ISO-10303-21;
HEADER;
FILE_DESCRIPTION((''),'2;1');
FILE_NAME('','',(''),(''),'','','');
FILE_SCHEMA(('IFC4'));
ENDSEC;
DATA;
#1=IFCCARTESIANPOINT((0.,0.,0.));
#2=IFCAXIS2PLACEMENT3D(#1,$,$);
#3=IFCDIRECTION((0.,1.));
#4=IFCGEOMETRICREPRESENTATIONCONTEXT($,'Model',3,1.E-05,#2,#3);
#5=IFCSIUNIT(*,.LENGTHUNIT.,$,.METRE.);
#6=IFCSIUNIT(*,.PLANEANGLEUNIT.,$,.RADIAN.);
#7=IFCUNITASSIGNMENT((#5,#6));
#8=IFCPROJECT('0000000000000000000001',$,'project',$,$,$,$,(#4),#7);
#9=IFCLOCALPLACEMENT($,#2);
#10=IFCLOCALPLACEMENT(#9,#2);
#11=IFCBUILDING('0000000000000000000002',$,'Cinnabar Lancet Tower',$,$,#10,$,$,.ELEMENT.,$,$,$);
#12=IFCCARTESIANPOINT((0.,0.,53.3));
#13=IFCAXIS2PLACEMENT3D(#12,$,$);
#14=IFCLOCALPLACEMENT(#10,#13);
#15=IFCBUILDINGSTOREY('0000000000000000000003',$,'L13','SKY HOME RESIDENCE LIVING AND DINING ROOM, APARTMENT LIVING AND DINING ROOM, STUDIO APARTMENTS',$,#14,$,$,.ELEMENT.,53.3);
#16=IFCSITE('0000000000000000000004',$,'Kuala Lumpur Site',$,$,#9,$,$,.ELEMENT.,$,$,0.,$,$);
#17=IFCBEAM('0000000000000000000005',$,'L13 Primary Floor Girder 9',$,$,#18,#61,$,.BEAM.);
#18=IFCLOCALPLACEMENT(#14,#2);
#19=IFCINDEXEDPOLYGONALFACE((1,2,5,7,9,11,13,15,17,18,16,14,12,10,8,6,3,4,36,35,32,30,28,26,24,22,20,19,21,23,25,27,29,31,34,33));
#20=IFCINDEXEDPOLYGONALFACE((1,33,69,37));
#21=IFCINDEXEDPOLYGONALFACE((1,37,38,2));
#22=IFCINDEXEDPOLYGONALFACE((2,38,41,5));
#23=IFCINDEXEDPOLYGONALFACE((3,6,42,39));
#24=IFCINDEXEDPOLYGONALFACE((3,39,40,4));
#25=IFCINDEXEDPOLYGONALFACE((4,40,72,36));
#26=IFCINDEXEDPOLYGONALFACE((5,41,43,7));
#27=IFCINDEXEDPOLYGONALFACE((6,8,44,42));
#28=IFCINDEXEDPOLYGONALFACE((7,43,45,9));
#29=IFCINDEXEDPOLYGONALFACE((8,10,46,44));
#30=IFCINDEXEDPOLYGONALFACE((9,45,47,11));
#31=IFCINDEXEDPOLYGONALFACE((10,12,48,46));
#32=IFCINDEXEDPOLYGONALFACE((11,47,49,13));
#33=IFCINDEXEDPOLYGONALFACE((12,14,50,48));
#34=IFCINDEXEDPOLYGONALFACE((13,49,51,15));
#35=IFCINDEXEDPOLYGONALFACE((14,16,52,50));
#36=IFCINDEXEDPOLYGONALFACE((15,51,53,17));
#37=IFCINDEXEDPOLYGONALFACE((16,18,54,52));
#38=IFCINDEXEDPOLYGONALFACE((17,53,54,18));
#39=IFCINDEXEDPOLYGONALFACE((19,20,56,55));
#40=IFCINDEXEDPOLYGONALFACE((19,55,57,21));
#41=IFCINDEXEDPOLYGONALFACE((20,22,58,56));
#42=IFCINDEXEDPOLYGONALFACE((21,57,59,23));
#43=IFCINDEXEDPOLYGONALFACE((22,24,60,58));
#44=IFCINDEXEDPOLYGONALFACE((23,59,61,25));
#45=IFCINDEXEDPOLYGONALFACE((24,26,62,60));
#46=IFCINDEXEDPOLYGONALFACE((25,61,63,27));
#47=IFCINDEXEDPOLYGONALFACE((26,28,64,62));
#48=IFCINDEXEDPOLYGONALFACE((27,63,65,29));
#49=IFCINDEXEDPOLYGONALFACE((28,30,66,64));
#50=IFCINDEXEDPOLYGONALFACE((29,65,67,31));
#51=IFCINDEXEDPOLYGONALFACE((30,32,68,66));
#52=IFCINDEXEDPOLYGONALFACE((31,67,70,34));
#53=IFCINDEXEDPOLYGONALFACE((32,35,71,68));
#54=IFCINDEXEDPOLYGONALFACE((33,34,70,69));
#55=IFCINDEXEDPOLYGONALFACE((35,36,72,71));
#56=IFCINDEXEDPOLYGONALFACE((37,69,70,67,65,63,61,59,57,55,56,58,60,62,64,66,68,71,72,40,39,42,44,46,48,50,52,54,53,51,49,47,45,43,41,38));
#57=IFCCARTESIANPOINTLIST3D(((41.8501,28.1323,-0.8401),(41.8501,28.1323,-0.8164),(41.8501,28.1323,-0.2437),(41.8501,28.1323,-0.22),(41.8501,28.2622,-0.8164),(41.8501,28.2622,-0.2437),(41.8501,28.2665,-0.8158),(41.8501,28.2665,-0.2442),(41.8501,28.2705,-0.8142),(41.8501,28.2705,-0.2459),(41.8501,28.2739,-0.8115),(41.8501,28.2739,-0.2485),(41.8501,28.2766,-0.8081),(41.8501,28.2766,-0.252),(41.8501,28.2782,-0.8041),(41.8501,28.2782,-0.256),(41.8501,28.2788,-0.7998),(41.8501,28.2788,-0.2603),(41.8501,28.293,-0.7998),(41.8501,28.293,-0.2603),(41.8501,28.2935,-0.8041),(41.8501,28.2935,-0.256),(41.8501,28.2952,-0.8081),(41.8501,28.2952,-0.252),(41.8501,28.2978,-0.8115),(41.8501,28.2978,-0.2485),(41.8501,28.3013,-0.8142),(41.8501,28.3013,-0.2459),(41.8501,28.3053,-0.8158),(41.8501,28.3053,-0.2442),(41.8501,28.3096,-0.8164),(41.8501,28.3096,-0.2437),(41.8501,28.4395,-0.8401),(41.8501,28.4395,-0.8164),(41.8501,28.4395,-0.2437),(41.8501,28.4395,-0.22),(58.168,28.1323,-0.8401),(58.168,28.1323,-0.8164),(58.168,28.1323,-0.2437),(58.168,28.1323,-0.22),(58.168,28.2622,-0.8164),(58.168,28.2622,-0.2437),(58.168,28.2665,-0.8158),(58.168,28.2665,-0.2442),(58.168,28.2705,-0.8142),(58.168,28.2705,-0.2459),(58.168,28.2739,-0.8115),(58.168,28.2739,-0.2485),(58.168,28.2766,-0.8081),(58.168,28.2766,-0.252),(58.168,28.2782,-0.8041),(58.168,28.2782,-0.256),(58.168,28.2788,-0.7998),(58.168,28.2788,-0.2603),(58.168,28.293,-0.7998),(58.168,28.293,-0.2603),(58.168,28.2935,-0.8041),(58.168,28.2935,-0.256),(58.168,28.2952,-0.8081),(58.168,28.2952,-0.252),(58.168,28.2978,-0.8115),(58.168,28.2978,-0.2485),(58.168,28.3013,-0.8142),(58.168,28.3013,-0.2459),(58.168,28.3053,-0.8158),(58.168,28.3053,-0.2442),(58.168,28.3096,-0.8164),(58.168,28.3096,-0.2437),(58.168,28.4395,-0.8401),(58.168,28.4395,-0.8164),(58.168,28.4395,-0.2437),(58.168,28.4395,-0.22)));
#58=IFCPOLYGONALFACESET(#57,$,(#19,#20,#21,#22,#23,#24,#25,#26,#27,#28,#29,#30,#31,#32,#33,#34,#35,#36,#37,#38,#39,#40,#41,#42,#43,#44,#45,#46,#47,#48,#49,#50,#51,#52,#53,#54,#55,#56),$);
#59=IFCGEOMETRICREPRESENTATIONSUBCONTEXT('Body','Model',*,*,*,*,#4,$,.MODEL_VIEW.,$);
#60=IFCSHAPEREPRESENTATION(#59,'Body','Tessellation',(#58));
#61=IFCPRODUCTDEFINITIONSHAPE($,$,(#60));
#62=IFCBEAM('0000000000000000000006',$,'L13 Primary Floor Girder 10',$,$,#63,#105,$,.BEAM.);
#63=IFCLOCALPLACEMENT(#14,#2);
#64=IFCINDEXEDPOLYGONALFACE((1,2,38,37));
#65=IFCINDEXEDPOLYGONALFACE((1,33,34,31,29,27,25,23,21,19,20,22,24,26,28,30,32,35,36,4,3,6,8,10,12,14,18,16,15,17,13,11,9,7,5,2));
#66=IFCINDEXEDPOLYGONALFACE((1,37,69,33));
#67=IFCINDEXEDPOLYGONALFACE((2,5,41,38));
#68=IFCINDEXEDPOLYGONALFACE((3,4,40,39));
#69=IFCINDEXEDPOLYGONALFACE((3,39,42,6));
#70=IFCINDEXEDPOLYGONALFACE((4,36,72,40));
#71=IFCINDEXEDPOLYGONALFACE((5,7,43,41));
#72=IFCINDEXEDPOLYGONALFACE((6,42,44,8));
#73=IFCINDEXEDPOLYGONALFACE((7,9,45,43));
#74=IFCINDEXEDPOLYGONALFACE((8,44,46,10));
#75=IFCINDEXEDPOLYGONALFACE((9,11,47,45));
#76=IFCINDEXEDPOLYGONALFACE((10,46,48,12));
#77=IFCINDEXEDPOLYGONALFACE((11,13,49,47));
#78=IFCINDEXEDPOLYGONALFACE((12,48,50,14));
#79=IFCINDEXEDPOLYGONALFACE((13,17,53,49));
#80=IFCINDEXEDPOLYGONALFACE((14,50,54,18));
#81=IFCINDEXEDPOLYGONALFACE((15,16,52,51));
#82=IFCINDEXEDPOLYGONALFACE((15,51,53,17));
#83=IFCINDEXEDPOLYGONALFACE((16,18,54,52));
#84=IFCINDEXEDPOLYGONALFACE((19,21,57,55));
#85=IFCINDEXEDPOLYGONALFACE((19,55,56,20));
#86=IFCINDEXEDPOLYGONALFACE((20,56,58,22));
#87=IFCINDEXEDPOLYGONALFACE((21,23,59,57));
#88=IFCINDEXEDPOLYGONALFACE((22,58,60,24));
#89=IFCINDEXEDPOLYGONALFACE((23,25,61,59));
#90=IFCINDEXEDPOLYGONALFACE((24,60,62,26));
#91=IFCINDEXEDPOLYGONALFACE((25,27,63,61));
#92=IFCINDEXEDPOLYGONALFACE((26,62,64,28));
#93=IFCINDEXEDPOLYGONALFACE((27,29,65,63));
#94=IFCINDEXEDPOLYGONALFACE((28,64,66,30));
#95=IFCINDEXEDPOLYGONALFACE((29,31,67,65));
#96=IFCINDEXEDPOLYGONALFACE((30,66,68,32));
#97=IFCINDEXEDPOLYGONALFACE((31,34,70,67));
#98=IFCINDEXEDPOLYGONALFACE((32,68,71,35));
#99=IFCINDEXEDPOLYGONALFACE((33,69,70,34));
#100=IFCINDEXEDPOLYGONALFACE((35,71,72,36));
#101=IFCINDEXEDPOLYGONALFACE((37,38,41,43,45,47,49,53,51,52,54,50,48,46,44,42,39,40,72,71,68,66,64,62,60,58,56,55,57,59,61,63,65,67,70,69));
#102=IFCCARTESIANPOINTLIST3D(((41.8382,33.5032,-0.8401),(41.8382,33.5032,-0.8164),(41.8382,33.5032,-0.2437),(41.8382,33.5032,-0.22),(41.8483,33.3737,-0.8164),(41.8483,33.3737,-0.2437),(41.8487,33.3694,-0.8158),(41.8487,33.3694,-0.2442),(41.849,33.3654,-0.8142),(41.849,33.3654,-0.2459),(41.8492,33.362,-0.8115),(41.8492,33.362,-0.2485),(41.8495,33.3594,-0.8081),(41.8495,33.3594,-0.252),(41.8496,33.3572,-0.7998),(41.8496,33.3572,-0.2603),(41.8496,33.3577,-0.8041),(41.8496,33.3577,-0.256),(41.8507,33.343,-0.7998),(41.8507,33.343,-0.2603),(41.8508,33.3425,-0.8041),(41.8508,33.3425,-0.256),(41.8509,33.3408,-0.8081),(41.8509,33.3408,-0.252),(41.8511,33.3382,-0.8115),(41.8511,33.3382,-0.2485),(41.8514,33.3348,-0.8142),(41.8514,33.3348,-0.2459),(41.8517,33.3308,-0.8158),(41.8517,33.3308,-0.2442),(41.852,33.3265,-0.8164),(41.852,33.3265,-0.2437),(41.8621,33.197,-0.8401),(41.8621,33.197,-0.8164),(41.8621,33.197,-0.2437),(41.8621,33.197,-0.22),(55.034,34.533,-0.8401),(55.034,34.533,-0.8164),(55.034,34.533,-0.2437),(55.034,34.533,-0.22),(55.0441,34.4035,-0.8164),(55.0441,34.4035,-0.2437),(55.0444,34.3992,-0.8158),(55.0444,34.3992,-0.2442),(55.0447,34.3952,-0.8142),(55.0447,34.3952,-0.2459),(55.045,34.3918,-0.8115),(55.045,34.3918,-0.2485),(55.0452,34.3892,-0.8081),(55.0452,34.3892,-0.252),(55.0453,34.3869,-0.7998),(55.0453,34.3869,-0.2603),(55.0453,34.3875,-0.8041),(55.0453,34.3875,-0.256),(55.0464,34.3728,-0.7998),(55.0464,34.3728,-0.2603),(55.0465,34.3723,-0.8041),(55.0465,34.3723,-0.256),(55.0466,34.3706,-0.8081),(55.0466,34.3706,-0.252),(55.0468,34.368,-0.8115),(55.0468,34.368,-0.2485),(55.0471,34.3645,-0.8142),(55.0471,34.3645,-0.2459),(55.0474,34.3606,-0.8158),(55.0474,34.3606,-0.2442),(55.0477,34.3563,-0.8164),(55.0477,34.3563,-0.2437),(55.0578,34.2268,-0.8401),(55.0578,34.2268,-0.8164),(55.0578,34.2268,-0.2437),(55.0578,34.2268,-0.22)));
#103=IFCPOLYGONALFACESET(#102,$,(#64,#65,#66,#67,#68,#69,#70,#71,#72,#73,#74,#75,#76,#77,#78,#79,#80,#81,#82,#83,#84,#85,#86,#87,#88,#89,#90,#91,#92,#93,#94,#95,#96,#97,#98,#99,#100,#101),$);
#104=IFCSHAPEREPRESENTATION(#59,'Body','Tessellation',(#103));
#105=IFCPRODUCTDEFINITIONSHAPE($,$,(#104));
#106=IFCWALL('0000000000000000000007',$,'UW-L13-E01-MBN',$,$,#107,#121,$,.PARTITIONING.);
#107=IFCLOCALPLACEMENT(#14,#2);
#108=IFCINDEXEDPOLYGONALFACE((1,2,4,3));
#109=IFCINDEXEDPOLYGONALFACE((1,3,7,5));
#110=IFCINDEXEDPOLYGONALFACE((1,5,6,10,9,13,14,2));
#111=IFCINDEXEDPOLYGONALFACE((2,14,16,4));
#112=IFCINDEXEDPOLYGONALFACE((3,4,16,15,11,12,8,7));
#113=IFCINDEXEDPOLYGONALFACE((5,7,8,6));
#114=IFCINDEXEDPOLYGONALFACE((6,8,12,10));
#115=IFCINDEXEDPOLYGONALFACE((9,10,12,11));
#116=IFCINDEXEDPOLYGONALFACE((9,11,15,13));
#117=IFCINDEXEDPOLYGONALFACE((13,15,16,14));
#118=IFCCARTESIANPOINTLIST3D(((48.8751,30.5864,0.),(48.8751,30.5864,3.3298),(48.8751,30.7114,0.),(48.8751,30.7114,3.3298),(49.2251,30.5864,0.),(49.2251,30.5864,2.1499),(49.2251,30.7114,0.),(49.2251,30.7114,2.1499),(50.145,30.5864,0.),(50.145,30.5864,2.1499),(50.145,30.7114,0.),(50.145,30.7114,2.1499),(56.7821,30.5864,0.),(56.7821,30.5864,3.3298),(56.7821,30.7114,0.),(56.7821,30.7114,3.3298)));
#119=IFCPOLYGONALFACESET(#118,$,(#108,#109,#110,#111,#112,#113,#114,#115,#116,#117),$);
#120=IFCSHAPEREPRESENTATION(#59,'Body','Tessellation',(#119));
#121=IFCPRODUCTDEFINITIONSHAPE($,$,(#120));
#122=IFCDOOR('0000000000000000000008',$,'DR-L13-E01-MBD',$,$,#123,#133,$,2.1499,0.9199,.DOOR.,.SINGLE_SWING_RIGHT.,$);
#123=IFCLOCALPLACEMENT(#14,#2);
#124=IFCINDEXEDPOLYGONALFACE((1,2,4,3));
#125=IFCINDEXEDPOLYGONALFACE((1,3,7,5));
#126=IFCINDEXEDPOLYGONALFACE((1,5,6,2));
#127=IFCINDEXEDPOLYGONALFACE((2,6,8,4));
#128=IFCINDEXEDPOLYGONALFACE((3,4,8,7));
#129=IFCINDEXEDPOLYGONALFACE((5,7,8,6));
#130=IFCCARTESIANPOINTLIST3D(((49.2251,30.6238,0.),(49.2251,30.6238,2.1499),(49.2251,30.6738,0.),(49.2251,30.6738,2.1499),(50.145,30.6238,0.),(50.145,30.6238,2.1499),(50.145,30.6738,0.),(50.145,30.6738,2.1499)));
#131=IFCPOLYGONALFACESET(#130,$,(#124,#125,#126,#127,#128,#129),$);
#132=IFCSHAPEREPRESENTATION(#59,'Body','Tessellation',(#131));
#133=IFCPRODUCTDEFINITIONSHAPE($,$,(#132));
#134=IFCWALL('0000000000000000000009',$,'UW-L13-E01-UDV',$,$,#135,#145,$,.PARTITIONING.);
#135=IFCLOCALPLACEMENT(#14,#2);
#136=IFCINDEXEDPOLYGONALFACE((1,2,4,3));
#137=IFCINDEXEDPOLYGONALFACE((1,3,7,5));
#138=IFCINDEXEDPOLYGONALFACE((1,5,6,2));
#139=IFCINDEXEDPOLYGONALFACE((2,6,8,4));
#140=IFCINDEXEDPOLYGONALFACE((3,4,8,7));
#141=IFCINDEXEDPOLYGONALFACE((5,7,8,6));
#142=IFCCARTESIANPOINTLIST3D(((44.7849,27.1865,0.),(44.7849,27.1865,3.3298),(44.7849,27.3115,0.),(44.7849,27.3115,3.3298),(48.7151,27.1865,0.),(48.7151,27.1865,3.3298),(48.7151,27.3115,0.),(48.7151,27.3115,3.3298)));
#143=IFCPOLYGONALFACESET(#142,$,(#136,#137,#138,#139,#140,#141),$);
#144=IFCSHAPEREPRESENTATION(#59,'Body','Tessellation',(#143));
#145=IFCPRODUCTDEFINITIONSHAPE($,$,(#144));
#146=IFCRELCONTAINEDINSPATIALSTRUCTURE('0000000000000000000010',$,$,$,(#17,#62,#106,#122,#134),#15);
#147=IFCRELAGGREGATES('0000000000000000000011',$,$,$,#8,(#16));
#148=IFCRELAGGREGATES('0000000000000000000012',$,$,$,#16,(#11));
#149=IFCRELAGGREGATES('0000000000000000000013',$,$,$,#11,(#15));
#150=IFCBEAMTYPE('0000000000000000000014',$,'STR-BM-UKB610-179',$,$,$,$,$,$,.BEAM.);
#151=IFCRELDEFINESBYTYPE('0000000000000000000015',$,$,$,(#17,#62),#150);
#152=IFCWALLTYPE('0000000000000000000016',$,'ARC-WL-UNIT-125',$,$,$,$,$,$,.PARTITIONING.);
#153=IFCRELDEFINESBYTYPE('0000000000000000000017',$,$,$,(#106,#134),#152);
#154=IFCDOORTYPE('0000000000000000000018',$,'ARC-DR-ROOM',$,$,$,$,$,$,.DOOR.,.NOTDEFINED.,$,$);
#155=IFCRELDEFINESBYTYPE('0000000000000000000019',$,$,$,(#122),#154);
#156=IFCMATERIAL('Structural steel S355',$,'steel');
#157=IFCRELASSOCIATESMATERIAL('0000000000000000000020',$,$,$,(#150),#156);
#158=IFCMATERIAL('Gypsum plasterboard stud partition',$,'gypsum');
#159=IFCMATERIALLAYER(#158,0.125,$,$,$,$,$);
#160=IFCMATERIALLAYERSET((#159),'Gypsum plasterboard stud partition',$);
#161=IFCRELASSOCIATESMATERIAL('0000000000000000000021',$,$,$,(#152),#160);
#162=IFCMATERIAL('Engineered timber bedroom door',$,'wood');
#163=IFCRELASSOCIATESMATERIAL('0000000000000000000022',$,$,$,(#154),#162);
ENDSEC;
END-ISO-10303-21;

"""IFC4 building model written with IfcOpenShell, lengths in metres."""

from ifc_helpers import new_model, si_unit, direction, frame, frame_2d, origin, origin_2d, place, context, subcontext, project, spatial, rectangle, i_section, extrude, material, layer, layer_set, material_profile, profile_set, type_object, element, fill, save


model = new_model("IFC4")

# Units and contexts
model_context = context("Model", 3, precision=1e-05, world=origin(), true_north=direction((0.0, 1.0)))
body_context = subcontext(model_context, "Body", "Model", "MODEL_VIEW")
ifc_project = project(units=[si_unit("LENGTHUNIT", "METRE"), si_unit("PLANEANGLEUNIT", "RADIAN")], contexts=[model_context])

# Site, building, storey
site_placement = place(None, origin())
site = spatial("IfcSite", under=ifc_project, at=site_placement, Name="Kuala Lumpur Site", CompositionType="ELEMENT", RefElevation=0.0)
building_placement = place(site_placement, origin())
building = spatial("IfcBuilding", under=site, at=building_placement, Name="Cinnabar Lancet Tower", CompositionType="ELEMENT")
storey_placement = place(building_placement, frame((0.0, 0.0, 53.3)))
storey = spatial("IfcBuildingStorey", under=building, at=storey_placement, Name="L13", Description="SKY HOME RESIDENCE LIVING AND DINING ROOM, APARTMENT LIVING AND DINING ROOM, STUDIO APARTMENTS", CompositionType="ELEMENT", Elevation=53.3)

# Beams
ifc_material_1 = material(Name="Structural steel S355", Category="steel")
ifc_material_profile_1 = material_profile(ifc_material_1, i_section(OverallWidth=0.3071, OverallDepth=0.6201, WebThickness=0.0142, FlangeThickness=0.0237, FilletRadius=0.0166, at=origin_2d()), Name="UKB 610x305x179")
ifc_profile_set_1 = profile_set([ifc_material_profile_1], Name="Structural steel S355")
beam_type_1 = type_object("IfcBeamType", Name="STR-BM-UKB610-179", PredefinedType="BEAM", material=ifc_profile_set_1)
beam_1_placement = place(storey_placement, frame((58.168, 28.2859, -0.53), z_axis=(-1.0, 0.0, 0.0), x_axis=(0.0, -1.0, 0.0)))
element("IfcBeam", 1, at=beam_1_placement, inside=storey, type_object=beam_type_1, Name="L13 Primary Floor Girder 9", PredefinedType="BEAM", context=body_context, shape_type="SweptSolid", body=[
    extrude(i_section(OverallWidth=0.3071, OverallDepth=0.6201, WebThickness=0.0142, FlangeThickness=0.0237, FilletRadius=0.0166, at=origin_2d()), origin(), (0.0, 0.0, 1.0), 16.3179),
])
beam_2_placement = place(storey_placement, frame((55.0459, 34.3799, -0.53), z_axis=(-0.996969, -0.077802, 0.0), x_axis=(0.077802, -0.996969, 0.0)))
element("IfcBeam", 2, at=beam_2_placement, inside=storey, type_object=beam_type_1, Name="L13 Primary Floor Girder 10", PredefinedType="BEAM", context=body_context, shape_type="SweptSolid", body=[
    extrude(i_section(OverallWidth=0.3071, OverallDepth=0.6201, WebThickness=0.0142, FlangeThickness=0.0237, FilletRadius=0.0166, at=origin_2d()), origin(), (0.0, 0.0, 1.0), 13.2358),
])

# Wall, opening, door
ifc_material_2 = material(Name="Gypsum plasterboard stud partition", Category="gypsum")
ifc_layer_1 = layer(ifc_material_2, 0.125)
ifc_layer_set_1 = layer_set([ifc_layer_1], Name="Gypsum plasterboard stud partition")
wall_type_1 = type_object("IfcWallType", Name="ARC-WL-UNIT-125", PredefinedType="PARTITIONING", material=ifc_layer_set_1)
wall_1_placement = place(storey_placement, frame((48.875, 30.6489, 0.0), z_axis=(0.0, 0.0, 1.0), x_axis=(1.0, 0.0, 0.0)))
wall_1 = element("IfcWall", 3, at=wall_1_placement, inside=storey, type_object=wall_type_1, Name="UW-L13-E01-MBN", PredefinedType="PARTITIONING", context=body_context, shape_type="SweptSolid", body=[
    extrude(rectangle(XDim=7.907, YDim=0.125, at=frame_2d((3.9536, 0.0))), origin(), (0.0, 0.0, 1.0), 3.3298),
])
opening_1_placement = place(wall_1_placement, frame((0.3501, 0.0, 0.0)))
opening_1 = element("IfcOpeningElement", 4, at=opening_1_placement, cuts=wall_1, PredefinedType="OPENING", context=body_context, shape_type="SweptSolid", body=[
    extrude(rectangle(XDim=0.9199, YDim=2.1499, at=frame_2d((0.46, 1.075))), frame((0.0, 0.0725, 0.0), z_axis=(0.0, -1.0, 0.0), x_axis=(1.0, 0.0, 0.0)), (0.0, 0.0, 1.0), 0.145),
])
ifc_material_3 = material(Name="Engineered timber bedroom door", Category="wood")
door_type_1 = type_object("IfcDoorType", Name="ARC-DR-ROOM", OperationType="NOTDEFINED", PredefinedType="DOOR", material=ifc_material_3)
door_1_placement = place(opening_1_placement, origin())
door_1 = element("IfcDoor", 5, at=door_1_placement, inside=storey, type_object=door_type_1, Name="DR-L13-E01-MBD", OperationType="SINGLE_SWING_RIGHT", OverallHeight=2.1499, OverallWidth=0.9199, PredefinedType="DOOR", context=body_context, shape_type="SweptSolid", body=[
    extrude(rectangle(XDim=0.9199, YDim=2.1499, at=frame_2d((0.46, 1.075))), frame((0.0, 0.0249, 0.0), z_axis=(0.0, -1.0, 0.0), x_axis=(1.0, 0.0, 0.0)), (0.0, 0.0, 1.0), 0.05),
])
fill(opening_1, door_1)

# Wall
wall_2_placement = place(storey_placement, frame((44.7849, 27.249, 0.0), z_axis=(0.0, 0.0, 1.0), x_axis=(1.0, 0.0, 0.0)))
element("IfcWall", 6, at=wall_2_placement, inside=storey, type_object=wall_type_1, Name="UW-L13-E01-UDV", PredefinedType="PARTITIONING", context=body_context, shape_type="SweptSolid", body=[
    extrude(rectangle(XDim=3.9302, YDim=0.125, at=frame_2d((1.9651, 0.0))), origin(), (0.0, 0.0, 1.0), 3.3298),
])

save(model, "model.ifc")
